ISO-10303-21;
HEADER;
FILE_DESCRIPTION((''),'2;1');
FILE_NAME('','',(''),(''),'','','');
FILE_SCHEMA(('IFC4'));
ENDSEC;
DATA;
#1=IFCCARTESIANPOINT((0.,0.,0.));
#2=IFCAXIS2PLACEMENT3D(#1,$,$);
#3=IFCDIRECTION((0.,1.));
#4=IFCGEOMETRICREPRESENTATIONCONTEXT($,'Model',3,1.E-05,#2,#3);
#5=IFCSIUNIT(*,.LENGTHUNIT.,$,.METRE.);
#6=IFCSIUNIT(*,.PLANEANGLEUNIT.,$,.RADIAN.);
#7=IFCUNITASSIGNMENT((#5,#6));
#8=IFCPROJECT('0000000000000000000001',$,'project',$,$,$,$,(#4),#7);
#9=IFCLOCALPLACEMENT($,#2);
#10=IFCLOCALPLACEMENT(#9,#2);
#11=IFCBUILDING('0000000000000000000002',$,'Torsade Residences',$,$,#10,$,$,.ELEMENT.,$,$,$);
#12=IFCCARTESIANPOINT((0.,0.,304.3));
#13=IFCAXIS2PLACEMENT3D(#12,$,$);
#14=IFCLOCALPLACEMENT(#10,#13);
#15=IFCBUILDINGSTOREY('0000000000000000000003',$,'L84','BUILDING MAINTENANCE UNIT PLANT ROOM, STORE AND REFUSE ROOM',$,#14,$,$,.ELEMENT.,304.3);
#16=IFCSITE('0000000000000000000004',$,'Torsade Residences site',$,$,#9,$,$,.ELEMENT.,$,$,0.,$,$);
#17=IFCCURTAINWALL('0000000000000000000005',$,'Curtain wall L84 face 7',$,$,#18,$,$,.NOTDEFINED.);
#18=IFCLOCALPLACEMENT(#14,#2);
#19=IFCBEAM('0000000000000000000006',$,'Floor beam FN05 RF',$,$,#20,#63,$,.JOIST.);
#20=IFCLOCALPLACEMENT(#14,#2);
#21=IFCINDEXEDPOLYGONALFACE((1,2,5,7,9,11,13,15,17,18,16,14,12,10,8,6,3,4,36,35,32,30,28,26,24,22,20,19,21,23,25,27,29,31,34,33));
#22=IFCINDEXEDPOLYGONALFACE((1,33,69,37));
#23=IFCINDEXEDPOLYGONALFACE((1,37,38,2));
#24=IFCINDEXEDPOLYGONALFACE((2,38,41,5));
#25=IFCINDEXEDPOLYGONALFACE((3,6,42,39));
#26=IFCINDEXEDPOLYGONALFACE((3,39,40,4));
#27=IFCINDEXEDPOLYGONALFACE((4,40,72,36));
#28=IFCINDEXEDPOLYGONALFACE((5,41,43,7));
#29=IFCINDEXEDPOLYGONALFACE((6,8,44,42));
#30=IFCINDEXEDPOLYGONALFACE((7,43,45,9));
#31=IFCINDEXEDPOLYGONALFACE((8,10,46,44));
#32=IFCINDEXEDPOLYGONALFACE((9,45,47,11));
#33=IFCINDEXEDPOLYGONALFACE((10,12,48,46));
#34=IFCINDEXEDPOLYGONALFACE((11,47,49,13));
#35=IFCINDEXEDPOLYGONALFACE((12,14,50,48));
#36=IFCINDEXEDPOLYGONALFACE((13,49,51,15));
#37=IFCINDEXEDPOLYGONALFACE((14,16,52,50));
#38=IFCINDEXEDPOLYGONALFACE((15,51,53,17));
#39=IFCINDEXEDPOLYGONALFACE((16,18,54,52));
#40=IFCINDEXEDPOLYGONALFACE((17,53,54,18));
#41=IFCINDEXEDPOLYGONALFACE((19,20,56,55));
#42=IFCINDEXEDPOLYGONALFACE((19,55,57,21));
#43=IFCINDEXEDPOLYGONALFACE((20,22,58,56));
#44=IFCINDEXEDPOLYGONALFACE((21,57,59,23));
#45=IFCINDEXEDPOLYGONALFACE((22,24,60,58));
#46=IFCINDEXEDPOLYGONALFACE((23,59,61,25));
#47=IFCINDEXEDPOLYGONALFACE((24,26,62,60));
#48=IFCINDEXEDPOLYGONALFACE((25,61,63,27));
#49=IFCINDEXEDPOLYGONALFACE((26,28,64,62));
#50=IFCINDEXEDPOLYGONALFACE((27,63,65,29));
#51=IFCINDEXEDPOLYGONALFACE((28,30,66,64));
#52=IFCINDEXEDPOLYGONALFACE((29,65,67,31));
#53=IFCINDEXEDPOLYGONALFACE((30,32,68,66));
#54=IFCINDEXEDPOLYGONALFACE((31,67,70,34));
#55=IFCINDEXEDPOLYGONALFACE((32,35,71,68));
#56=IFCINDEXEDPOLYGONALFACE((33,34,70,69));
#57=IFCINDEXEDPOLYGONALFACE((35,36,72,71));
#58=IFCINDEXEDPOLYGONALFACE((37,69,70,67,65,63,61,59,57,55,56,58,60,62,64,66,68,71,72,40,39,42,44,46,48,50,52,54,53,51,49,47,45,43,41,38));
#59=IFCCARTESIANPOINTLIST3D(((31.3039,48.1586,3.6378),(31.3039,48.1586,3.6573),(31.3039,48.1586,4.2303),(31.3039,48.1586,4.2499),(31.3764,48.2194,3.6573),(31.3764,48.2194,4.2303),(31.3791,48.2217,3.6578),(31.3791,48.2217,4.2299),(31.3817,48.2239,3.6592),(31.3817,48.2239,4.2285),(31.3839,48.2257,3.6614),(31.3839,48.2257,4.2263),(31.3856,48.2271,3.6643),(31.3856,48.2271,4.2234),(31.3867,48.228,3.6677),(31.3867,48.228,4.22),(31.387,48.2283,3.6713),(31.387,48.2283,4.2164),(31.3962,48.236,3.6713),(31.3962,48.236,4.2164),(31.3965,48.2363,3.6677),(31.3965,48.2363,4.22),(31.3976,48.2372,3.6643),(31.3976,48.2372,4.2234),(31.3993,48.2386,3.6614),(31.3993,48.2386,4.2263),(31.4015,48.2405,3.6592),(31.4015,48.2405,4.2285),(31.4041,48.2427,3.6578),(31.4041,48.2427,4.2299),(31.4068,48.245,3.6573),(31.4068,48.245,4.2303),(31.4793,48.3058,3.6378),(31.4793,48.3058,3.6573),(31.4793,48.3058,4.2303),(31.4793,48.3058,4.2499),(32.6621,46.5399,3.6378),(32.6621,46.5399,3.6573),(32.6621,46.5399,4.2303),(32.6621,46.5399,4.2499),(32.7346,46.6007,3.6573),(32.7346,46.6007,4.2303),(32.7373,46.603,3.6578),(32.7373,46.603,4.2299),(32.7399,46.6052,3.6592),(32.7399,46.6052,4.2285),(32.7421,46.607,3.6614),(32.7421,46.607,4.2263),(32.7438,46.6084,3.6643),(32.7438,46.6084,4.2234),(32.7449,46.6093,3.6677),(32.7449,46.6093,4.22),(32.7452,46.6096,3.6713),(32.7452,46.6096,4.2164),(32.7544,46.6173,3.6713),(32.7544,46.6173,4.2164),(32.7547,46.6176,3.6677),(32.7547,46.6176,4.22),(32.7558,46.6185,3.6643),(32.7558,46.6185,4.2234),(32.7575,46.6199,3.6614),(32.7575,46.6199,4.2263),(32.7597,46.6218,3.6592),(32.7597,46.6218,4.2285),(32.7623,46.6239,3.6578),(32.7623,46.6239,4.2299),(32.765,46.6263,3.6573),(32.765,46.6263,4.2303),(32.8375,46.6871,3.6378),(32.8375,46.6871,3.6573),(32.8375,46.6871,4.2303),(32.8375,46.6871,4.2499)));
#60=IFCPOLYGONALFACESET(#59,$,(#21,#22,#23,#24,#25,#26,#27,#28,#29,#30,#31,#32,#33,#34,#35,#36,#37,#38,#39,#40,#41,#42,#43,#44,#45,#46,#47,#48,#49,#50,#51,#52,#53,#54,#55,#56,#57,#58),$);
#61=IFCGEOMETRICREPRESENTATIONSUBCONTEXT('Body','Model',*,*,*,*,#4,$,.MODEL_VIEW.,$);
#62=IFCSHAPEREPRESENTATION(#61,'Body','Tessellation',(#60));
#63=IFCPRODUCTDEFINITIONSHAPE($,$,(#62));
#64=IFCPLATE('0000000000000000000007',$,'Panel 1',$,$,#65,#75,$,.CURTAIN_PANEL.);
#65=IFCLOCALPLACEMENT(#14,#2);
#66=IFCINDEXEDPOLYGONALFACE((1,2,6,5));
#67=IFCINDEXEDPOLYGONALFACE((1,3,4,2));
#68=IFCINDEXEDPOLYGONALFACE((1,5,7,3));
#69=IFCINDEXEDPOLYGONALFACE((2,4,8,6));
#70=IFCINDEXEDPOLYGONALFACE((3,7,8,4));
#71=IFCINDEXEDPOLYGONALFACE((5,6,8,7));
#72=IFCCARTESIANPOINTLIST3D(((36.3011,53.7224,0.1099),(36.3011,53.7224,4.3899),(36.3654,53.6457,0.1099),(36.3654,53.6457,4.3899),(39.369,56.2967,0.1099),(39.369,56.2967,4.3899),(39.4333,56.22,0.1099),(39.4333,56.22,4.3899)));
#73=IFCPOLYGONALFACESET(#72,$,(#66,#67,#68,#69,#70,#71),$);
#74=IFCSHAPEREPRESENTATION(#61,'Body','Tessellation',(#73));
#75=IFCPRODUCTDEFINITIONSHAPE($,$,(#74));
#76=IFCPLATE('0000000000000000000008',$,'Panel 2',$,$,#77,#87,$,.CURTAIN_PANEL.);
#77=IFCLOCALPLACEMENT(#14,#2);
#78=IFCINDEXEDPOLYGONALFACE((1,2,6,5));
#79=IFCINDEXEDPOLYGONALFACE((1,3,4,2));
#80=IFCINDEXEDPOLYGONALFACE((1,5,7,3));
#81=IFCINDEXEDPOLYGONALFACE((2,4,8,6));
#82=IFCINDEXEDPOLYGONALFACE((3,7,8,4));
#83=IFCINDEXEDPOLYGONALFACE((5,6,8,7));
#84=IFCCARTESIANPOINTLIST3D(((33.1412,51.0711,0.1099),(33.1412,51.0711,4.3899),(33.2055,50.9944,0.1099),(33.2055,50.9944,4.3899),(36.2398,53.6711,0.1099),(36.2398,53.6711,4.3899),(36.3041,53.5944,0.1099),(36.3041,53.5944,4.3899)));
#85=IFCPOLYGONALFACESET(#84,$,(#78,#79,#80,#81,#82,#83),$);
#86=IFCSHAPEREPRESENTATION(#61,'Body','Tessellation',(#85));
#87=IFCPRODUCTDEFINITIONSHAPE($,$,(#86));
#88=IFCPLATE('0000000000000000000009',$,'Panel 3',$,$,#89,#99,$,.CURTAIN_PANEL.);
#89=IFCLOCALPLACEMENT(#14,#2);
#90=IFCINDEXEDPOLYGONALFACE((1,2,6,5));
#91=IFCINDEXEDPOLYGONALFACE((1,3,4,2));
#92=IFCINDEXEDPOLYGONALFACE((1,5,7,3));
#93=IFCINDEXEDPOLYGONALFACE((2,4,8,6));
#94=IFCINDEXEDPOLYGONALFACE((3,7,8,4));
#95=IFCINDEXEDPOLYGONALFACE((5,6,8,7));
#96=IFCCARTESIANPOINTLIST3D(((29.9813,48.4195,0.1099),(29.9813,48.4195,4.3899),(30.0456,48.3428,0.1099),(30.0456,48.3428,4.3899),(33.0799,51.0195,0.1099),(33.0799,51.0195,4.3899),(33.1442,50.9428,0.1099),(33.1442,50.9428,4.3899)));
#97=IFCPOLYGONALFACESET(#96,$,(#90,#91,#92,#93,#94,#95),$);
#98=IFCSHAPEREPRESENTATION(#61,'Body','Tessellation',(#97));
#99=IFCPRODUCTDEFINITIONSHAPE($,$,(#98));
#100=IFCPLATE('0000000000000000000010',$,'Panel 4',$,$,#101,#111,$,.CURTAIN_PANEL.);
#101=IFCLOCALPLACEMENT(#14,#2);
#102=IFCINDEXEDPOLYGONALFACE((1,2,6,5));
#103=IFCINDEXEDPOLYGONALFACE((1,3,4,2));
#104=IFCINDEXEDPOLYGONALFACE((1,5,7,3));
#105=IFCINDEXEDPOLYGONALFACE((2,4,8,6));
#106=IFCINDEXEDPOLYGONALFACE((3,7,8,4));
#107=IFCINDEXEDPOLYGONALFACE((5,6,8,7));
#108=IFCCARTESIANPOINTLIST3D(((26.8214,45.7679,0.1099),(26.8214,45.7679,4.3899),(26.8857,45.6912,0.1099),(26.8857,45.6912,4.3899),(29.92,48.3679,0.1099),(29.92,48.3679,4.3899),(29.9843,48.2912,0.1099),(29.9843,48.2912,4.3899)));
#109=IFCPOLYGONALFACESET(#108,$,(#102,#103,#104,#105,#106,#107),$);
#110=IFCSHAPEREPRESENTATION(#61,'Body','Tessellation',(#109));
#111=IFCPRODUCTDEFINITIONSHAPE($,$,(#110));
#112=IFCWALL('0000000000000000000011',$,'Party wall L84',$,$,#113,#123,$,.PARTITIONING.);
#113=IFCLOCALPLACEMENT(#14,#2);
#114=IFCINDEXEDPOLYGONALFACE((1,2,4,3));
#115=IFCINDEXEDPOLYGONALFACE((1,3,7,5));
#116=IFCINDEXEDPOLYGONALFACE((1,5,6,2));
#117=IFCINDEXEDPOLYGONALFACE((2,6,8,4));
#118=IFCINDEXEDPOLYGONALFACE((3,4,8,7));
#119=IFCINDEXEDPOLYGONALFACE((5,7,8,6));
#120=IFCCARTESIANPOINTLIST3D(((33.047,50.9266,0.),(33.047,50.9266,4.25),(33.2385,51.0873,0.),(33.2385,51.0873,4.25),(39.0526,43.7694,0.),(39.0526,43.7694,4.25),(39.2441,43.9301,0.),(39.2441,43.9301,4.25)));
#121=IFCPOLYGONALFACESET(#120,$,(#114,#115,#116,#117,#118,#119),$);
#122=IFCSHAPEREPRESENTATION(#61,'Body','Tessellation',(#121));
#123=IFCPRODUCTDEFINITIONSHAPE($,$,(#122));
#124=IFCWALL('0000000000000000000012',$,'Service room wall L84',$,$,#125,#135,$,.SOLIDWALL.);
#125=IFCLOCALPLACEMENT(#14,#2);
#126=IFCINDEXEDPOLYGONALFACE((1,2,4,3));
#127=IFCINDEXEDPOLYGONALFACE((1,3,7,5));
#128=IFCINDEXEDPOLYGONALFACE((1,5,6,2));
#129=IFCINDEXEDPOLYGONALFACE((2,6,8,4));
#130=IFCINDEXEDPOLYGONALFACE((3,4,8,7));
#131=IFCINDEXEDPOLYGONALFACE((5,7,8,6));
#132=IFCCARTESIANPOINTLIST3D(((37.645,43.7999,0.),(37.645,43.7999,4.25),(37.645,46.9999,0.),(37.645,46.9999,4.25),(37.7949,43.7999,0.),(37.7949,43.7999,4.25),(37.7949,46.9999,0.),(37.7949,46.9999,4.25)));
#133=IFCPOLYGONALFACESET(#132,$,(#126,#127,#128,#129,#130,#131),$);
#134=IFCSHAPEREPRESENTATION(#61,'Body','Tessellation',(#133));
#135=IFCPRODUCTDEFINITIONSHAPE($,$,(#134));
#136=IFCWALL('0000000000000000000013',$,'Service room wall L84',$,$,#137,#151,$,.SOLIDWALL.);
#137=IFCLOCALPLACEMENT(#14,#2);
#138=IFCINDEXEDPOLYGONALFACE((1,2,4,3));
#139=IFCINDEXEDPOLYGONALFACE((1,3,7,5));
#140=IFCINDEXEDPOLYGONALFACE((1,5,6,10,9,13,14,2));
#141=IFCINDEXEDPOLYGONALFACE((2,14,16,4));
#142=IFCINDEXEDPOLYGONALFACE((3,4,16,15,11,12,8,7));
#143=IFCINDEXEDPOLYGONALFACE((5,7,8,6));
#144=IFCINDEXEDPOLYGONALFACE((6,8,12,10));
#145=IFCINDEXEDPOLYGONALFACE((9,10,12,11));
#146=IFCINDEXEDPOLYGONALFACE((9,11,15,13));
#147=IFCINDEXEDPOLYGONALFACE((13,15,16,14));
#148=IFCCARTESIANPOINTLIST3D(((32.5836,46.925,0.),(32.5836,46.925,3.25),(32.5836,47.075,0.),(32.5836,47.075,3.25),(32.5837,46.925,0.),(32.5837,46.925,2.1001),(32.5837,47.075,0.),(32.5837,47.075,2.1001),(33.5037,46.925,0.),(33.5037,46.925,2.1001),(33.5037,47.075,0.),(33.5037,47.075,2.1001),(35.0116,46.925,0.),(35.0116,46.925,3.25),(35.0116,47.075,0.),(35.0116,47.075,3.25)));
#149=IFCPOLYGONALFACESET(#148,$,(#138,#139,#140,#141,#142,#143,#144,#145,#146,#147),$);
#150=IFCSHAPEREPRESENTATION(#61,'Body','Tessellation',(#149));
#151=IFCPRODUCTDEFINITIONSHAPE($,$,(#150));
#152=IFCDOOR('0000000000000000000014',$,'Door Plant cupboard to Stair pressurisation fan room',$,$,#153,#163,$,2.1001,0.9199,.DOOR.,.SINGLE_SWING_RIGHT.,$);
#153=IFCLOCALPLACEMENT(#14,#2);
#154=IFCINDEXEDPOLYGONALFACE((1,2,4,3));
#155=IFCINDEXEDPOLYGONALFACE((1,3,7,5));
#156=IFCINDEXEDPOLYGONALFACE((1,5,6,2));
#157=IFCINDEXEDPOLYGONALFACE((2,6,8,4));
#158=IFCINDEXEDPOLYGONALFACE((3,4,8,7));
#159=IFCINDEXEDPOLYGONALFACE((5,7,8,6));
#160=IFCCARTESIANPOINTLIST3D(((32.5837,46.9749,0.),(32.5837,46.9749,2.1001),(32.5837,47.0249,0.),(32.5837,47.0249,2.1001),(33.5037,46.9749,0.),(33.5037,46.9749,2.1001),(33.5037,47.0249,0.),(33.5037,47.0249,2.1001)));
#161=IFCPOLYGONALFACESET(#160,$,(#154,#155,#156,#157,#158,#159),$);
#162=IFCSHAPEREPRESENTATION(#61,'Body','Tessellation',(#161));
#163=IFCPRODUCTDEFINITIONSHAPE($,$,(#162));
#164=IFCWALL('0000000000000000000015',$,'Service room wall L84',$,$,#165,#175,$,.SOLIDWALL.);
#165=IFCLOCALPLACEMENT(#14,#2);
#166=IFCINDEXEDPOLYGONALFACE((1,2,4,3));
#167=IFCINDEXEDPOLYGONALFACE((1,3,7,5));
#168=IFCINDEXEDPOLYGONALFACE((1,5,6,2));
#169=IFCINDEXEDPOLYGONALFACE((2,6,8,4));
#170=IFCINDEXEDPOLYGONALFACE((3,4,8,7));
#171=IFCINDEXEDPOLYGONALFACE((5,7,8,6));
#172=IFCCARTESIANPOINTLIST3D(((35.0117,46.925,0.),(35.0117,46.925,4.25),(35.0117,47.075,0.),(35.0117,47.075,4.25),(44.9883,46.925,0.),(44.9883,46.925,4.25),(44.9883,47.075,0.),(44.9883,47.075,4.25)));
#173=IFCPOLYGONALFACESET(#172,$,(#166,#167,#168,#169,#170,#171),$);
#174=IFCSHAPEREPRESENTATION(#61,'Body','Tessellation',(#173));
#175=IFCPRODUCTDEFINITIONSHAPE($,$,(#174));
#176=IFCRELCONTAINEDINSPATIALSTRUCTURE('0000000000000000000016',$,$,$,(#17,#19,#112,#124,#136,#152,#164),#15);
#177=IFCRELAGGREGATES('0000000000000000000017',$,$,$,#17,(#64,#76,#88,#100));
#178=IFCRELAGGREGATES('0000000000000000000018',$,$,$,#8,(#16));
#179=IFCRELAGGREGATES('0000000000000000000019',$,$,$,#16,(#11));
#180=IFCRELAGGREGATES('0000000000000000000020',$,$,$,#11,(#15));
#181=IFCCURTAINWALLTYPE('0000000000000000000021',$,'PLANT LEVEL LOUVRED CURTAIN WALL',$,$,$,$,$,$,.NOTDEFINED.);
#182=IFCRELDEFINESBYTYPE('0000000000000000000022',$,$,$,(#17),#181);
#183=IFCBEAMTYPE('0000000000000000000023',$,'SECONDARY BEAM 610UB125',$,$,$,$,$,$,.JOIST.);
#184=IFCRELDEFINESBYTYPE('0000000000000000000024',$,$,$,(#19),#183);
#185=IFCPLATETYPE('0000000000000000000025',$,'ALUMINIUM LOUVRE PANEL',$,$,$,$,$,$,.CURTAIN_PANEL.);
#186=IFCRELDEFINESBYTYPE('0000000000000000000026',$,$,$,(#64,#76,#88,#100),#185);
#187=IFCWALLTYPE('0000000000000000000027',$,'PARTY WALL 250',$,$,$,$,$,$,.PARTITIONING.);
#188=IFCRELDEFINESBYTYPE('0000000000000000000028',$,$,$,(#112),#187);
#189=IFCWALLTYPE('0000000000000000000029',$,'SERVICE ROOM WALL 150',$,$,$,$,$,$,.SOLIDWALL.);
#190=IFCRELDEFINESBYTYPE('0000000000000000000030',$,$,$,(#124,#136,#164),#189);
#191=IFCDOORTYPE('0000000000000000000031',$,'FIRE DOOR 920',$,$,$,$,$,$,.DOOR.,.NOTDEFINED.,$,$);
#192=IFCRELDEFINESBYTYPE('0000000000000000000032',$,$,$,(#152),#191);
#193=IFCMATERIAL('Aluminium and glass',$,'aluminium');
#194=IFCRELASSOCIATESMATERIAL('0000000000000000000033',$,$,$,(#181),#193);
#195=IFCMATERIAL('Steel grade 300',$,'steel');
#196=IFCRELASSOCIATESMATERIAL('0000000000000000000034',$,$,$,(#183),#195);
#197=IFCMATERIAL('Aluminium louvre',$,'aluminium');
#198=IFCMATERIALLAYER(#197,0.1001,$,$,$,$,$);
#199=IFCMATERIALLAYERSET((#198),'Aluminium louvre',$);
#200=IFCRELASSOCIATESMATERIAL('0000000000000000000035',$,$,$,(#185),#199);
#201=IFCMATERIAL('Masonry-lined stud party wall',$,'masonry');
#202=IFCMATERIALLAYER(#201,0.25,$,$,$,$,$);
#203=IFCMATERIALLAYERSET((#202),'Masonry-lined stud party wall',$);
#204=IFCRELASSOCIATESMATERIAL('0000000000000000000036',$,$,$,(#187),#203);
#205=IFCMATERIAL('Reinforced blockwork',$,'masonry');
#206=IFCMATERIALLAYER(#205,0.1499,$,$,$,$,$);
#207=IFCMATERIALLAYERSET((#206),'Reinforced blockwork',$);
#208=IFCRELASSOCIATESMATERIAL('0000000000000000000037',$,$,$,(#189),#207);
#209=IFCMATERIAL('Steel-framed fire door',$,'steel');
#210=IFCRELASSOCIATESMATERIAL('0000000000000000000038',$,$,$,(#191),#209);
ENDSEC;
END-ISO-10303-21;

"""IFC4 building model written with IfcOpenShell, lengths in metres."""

from ifc_helpers import new_model, si_unit, direction, frame, frame_2d, origin, origin_2d, place, context, subcontext, project, spatial, rectangle, i_section, extrude, material, layer, layer_set, material_profile, profile_set, type_object, element, fill, aggregate, save


model = new_model("IFC4")

# Units and contexts
model_context = context("Model", 3, precision=1e-05, world=origin(), true_north=direction((0.0, 1.0)))
body_context = subcontext(model_context, "Body", "Model", "MODEL_VIEW")
ifc_project = project(units=[si_unit("LENGTHUNIT", "METRE"), si_unit("PLANEANGLEUNIT", "RADIAN")], contexts=[model_context])

# Site, building, storey
site_placement = place(None, origin())
site = spatial("IfcSite", under=ifc_project, at=site_placement, Name="Torsade Residences site", CompositionType="ELEMENT", RefElevation=0.0)
building_placement = place(site_placement, origin())
building = spatial("IfcBuilding", under=site, at=building_placement, Name="Torsade Residences", CompositionType="ELEMENT")
storey_placement = place(building_placement, frame((0.0, 0.0, 304.3)))
storey = spatial("IfcBuildingStorey", under=building, at=storey_placement, Name="L84", Description="BUILDING MAINTENANCE UNIT PLANT ROOM, STORE AND REFUSE ROOM", CompositionType="ELEMENT", Elevation=304.3)

# Curtain wall
ifc_material_1 = material(Name="Aluminium and glass", Category="aluminium")
curtain_wall_type = type_object("IfcCurtainWallType", Name="PLANT LEVEL LOUVRED CURTAIN WALL", PredefinedType="NOTDEFINED", material=ifc_material_1)
curtain_wall_placement = place(storey_placement, origin())
curtain_wall = element("IfcCurtainWall", 1, at=curtain_wall_placement, inside=storey, type_object=curtain_wall_type, Name="Curtain wall L84 face 7", PredefinedType="NOTDEFINED")

# Beam
ifc_material_2 = material(Name="Steel grade 300", Category="steel")
ifc_material_profile_1 = material_profile(ifc_material_2, i_section(OverallWidth=0.229, OverallDepth=0.6121, WebThickness=0.012, FlangeThickness=0.0195, FilletRadius=0.0139, at=origin_2d()), Name="610UB125")
ifc_profile_set_1 = profile_set([ifc_material_profile_1], Name="Steel grade 300")
beam_type_1 = type_object("IfcBeamType", Name="SECONDARY BEAM 610UB125", PredefinedType="JOIST", material=ifc_profile_set_1)
beam_1_placement = place(storey_placement, frame((31.3916, 48.2322, 3.9438), z_axis=(0.642772, -0.766058, 0.0), x_axis=(0.766058, 0.642772, 0.0)))
element("IfcBeam", 2, at=beam_1_placement, inside=storey, type_object=beam_type_1, Name="Floor beam FN05 RF", PredefinedType="JOIST", context=body_context, shape_type="SweptSolid", body=[
    extrude(i_section(OverallWidth=0.229, OverallDepth=0.6121, WebThickness=0.012, FlangeThickness=0.0195, FilletRadius=0.0139, at=origin_2d()), origin(), (0.0, 0.0, 1.0), 2.113),
])

# Plates
ifc_material_3 = material(Name="Aluminium louvre", Category="aluminium")
ifc_layer_1 = layer(ifc_material_3, 0.1001)
ifc_layer_set_1 = layer_set([ifc_layer_1], Name="Aluminium louvre")
plate_type = type_object("IfcPlateType", Name="ALUMINIUM LOUVRE PANEL", PredefinedType="CURTAIN_PANEL", material=ifc_layer_set_1)
plate_1_placement = place(storey_placement, frame((37.8672, 54.9712, 0.1099), z_axis=(0.0, 0.0, 1.0), x_axis=(-0.766044, -0.642788, 0.0)))
plate_1 = element("IfcPlate", 3, at=plate_1_placement, type_object=plate_type, Name="Panel 1", PredefinedType="CURTAIN_PANEL", context=body_context, shape_type="SweptSolid", body=[
    extrude(rectangle(XDim=4.0049, YDim=0.1001, at=origin_2d()), origin(), (0.0, 0.0, 1.0), 4.28),
])
plate_2_placement = place(storey_placement, frame((34.7227, 52.3328, 0.1099), z_axis=(0.0, 0.0, 1.0), x_axis=(-0.766044, -0.642788, 0.0)))
plate_2 = element("IfcPlate", 4, at=plate_2_placement, type_object=plate_type, Name="Panel 2", PredefinedType="CURTAIN_PANEL", context=body_context, shape_type="SweptSolid", body=[
    extrude(rectangle(XDim=4.0449, YDim=0.1001, at=origin_2d()), origin(), (0.0, 0.0, 1.0), 4.28),
])
plate_3_placement = place(storey_placement, frame((31.5627, 49.6812, 0.1099), z_axis=(0.0, 0.0, 1.0), x_axis=(-0.766044, -0.642788, 0.0)))
plate_3 = element("IfcPlate", 5, at=plate_3_placement, type_object=plate_type, Name="Panel 3", PredefinedType="CURTAIN_PANEL", context=body_context, shape_type="SweptSolid", body=[
    extrude(rectangle(XDim=4.0449, YDim=0.1001, at=origin_2d()), origin(), (0.0, 0.0, 1.0), 4.28),
])
plate_4_placement = place(storey_placement, frame((28.4028, 47.0295, 0.1099), z_axis=(0.0, 0.0, 1.0), x_axis=(-0.766044, -0.642788, 0.0)))
plate_4 = element("IfcPlate", 6, at=plate_4_placement, type_object=plate_type, Name="Panel 4", PredefinedType="CURTAIN_PANEL", context=body_context, shape_type="SweptSolid", body=[
    extrude(rectangle(XDim=4.0449, YDim=0.1001, at=origin_2d()), origin(), (0.0, 0.0, 1.0), 4.28),
])
aggregate(curtain_wall, [plate_1, plate_2, plate_3, plate_4])

# Walls
ifc_material_4 = material(Name="Masonry-lined stud party wall", Category="masonry")
ifc_layer_2 = layer(ifc_material_4, 0.25)
ifc_layer_set_2 = layer_set([ifc_layer_2], Name="Masonry-lined stud party wall")
wall_type_1 = type_object("IfcWallType", Name="PARTY WALL 250", PredefinedType="PARTITIONING", material=ifc_layer_set_2)
wall_1_placement = place(storey_placement, frame((33.1428, 51.0068, 0.0), z_axis=(0.0, 0.0, 1.0), x_axis=(0.642787, -0.766045, 0.0)))
element("IfcWall", 7, at=wall_1_placement, inside=storey, type_object=wall_type_1, Name="Party wall L84", PredefinedType="PARTITIONING", context=body_context, shape_type="SweptSolid", body=[
    extrude(rectangle(XDim=9.343, YDim=0.25, at=frame_2d((4.6714, 0.0))), origin(), (0.0, 0.0, 1.0), 4.25),
])
ifc_material_5 = material(Name="Reinforced blockwork", Category="masonry")
ifc_layer_3 = layer(ifc_material_5, 0.1499)
ifc_layer_set_3 = layer_set([ifc_layer_3], Name="Reinforced blockwork")
wall_type_2 = type_object("IfcWallType", Name="SERVICE ROOM WALL 150", PredefinedType="SOLIDWALL", material=ifc_layer_set_3)
wall_2_placement = place(storey_placement, frame((37.72, 47.0, 0.0), z_axis=(0.0, 0.0, 1.0), x_axis=(0.0, -1.0, 0.0)))
element("IfcWall", 8, at=wall_2_placement, inside=storey, type_object=wall_type_2, Name="Service room wall L84", PredefinedType="SOLIDWALL", context=body_context, shape_type="SweptSolid", body=[
    extrude(rectangle(XDim=3.2, YDim=0.1499, at=frame_2d((1.6001, 0.0))), origin(), (0.0, 0.0, 1.0), 4.25),
])

# Wall, opening, door
wall_3_placement = place(storey_placement, frame((32.5837, 47.0, 0.0), z_axis=(0.0, 0.0, 1.0), x_axis=(1.0, 0.0, 0.0)))
wall_3 = element("IfcWall", 9, at=wall_3_placement, inside=storey, type_object=wall_type_2, Name="Service room wall L84", PredefinedType="SOLIDWALL", context=body_context, shape_type="SweptSolid", body=[
    extrude(rectangle(XDim=2.428, YDim=0.1499, at=frame_2d((1.2139, 0.0))), origin(), (0.0, 0.0, 1.0), 3.25),
])
opening_placement = place(wall_3_placement, origin())
opening = element("IfcOpeningElement", 10, at=opening_placement, cuts=wall_3, PredefinedType="OPENING", context=body_context, shape_type="SweptSolid", body=[
    extrude(rectangle(XDim=0.9199, YDim=2.1001, at=frame_2d((0.46, 1.05))), frame((0.0, 0.085, 0.0), z_axis=(0.0, -1.0, 0.0), x_axis=(1.0, 0.0, 0.0)), (0.0, 0.0, 1.0), 0.1699),
])
ifc_material_6 = material(Name="Steel-framed fire door", Category="steel")
door_type = type_object("IfcDoorType", Name="FIRE DOOR 920", OperationType="NOTDEFINED", PredefinedType="DOOR", material=ifc_material_6)
door_placement = place(opening_placement, origin())
door = element("IfcDoor", 11, at=door_placement, inside=storey, type_object=door_type, Name="Door Plant cupboard to Stair pressurisation fan room", OperationType="SINGLE_SWING_RIGHT", OverallHeight=2.1001, OverallWidth=0.9199, PredefinedType="DOOR", context=body_context, shape_type="SweptSolid", body=[
    extrude(rectangle(XDim=0.9199, YDim=2.1001, at=frame_2d((0.46, 1.05))), frame((0.0, 0.0249, 0.0), z_axis=(0.0, -1.0, 0.0), x_axis=(1.0, 0.0, 0.0)), (0.0, 0.0, 1.0), 0.05),
])
fill(opening, door)

# Wall
wall_4_placement = place(storey_placement, frame((35.0117, 47.0, 0.0), z_axis=(0.0, 0.0, 1.0), x_axis=(1.0, 0.0, 0.0)))
element("IfcWall", 12, at=wall_4_placement, inside=storey, type_object=wall_type_2, Name="Service room wall L84", PredefinedType="SOLIDWALL", context=body_context, shape_type="SweptSolid", body=[
    extrude(rectangle(XDim=9.9766, YDim=0.1499, at=frame_2d((4.9883, 0.0))), origin(), (0.0, 0.0, 1.0), 4.25),
])

save(model, "model.ifc")
